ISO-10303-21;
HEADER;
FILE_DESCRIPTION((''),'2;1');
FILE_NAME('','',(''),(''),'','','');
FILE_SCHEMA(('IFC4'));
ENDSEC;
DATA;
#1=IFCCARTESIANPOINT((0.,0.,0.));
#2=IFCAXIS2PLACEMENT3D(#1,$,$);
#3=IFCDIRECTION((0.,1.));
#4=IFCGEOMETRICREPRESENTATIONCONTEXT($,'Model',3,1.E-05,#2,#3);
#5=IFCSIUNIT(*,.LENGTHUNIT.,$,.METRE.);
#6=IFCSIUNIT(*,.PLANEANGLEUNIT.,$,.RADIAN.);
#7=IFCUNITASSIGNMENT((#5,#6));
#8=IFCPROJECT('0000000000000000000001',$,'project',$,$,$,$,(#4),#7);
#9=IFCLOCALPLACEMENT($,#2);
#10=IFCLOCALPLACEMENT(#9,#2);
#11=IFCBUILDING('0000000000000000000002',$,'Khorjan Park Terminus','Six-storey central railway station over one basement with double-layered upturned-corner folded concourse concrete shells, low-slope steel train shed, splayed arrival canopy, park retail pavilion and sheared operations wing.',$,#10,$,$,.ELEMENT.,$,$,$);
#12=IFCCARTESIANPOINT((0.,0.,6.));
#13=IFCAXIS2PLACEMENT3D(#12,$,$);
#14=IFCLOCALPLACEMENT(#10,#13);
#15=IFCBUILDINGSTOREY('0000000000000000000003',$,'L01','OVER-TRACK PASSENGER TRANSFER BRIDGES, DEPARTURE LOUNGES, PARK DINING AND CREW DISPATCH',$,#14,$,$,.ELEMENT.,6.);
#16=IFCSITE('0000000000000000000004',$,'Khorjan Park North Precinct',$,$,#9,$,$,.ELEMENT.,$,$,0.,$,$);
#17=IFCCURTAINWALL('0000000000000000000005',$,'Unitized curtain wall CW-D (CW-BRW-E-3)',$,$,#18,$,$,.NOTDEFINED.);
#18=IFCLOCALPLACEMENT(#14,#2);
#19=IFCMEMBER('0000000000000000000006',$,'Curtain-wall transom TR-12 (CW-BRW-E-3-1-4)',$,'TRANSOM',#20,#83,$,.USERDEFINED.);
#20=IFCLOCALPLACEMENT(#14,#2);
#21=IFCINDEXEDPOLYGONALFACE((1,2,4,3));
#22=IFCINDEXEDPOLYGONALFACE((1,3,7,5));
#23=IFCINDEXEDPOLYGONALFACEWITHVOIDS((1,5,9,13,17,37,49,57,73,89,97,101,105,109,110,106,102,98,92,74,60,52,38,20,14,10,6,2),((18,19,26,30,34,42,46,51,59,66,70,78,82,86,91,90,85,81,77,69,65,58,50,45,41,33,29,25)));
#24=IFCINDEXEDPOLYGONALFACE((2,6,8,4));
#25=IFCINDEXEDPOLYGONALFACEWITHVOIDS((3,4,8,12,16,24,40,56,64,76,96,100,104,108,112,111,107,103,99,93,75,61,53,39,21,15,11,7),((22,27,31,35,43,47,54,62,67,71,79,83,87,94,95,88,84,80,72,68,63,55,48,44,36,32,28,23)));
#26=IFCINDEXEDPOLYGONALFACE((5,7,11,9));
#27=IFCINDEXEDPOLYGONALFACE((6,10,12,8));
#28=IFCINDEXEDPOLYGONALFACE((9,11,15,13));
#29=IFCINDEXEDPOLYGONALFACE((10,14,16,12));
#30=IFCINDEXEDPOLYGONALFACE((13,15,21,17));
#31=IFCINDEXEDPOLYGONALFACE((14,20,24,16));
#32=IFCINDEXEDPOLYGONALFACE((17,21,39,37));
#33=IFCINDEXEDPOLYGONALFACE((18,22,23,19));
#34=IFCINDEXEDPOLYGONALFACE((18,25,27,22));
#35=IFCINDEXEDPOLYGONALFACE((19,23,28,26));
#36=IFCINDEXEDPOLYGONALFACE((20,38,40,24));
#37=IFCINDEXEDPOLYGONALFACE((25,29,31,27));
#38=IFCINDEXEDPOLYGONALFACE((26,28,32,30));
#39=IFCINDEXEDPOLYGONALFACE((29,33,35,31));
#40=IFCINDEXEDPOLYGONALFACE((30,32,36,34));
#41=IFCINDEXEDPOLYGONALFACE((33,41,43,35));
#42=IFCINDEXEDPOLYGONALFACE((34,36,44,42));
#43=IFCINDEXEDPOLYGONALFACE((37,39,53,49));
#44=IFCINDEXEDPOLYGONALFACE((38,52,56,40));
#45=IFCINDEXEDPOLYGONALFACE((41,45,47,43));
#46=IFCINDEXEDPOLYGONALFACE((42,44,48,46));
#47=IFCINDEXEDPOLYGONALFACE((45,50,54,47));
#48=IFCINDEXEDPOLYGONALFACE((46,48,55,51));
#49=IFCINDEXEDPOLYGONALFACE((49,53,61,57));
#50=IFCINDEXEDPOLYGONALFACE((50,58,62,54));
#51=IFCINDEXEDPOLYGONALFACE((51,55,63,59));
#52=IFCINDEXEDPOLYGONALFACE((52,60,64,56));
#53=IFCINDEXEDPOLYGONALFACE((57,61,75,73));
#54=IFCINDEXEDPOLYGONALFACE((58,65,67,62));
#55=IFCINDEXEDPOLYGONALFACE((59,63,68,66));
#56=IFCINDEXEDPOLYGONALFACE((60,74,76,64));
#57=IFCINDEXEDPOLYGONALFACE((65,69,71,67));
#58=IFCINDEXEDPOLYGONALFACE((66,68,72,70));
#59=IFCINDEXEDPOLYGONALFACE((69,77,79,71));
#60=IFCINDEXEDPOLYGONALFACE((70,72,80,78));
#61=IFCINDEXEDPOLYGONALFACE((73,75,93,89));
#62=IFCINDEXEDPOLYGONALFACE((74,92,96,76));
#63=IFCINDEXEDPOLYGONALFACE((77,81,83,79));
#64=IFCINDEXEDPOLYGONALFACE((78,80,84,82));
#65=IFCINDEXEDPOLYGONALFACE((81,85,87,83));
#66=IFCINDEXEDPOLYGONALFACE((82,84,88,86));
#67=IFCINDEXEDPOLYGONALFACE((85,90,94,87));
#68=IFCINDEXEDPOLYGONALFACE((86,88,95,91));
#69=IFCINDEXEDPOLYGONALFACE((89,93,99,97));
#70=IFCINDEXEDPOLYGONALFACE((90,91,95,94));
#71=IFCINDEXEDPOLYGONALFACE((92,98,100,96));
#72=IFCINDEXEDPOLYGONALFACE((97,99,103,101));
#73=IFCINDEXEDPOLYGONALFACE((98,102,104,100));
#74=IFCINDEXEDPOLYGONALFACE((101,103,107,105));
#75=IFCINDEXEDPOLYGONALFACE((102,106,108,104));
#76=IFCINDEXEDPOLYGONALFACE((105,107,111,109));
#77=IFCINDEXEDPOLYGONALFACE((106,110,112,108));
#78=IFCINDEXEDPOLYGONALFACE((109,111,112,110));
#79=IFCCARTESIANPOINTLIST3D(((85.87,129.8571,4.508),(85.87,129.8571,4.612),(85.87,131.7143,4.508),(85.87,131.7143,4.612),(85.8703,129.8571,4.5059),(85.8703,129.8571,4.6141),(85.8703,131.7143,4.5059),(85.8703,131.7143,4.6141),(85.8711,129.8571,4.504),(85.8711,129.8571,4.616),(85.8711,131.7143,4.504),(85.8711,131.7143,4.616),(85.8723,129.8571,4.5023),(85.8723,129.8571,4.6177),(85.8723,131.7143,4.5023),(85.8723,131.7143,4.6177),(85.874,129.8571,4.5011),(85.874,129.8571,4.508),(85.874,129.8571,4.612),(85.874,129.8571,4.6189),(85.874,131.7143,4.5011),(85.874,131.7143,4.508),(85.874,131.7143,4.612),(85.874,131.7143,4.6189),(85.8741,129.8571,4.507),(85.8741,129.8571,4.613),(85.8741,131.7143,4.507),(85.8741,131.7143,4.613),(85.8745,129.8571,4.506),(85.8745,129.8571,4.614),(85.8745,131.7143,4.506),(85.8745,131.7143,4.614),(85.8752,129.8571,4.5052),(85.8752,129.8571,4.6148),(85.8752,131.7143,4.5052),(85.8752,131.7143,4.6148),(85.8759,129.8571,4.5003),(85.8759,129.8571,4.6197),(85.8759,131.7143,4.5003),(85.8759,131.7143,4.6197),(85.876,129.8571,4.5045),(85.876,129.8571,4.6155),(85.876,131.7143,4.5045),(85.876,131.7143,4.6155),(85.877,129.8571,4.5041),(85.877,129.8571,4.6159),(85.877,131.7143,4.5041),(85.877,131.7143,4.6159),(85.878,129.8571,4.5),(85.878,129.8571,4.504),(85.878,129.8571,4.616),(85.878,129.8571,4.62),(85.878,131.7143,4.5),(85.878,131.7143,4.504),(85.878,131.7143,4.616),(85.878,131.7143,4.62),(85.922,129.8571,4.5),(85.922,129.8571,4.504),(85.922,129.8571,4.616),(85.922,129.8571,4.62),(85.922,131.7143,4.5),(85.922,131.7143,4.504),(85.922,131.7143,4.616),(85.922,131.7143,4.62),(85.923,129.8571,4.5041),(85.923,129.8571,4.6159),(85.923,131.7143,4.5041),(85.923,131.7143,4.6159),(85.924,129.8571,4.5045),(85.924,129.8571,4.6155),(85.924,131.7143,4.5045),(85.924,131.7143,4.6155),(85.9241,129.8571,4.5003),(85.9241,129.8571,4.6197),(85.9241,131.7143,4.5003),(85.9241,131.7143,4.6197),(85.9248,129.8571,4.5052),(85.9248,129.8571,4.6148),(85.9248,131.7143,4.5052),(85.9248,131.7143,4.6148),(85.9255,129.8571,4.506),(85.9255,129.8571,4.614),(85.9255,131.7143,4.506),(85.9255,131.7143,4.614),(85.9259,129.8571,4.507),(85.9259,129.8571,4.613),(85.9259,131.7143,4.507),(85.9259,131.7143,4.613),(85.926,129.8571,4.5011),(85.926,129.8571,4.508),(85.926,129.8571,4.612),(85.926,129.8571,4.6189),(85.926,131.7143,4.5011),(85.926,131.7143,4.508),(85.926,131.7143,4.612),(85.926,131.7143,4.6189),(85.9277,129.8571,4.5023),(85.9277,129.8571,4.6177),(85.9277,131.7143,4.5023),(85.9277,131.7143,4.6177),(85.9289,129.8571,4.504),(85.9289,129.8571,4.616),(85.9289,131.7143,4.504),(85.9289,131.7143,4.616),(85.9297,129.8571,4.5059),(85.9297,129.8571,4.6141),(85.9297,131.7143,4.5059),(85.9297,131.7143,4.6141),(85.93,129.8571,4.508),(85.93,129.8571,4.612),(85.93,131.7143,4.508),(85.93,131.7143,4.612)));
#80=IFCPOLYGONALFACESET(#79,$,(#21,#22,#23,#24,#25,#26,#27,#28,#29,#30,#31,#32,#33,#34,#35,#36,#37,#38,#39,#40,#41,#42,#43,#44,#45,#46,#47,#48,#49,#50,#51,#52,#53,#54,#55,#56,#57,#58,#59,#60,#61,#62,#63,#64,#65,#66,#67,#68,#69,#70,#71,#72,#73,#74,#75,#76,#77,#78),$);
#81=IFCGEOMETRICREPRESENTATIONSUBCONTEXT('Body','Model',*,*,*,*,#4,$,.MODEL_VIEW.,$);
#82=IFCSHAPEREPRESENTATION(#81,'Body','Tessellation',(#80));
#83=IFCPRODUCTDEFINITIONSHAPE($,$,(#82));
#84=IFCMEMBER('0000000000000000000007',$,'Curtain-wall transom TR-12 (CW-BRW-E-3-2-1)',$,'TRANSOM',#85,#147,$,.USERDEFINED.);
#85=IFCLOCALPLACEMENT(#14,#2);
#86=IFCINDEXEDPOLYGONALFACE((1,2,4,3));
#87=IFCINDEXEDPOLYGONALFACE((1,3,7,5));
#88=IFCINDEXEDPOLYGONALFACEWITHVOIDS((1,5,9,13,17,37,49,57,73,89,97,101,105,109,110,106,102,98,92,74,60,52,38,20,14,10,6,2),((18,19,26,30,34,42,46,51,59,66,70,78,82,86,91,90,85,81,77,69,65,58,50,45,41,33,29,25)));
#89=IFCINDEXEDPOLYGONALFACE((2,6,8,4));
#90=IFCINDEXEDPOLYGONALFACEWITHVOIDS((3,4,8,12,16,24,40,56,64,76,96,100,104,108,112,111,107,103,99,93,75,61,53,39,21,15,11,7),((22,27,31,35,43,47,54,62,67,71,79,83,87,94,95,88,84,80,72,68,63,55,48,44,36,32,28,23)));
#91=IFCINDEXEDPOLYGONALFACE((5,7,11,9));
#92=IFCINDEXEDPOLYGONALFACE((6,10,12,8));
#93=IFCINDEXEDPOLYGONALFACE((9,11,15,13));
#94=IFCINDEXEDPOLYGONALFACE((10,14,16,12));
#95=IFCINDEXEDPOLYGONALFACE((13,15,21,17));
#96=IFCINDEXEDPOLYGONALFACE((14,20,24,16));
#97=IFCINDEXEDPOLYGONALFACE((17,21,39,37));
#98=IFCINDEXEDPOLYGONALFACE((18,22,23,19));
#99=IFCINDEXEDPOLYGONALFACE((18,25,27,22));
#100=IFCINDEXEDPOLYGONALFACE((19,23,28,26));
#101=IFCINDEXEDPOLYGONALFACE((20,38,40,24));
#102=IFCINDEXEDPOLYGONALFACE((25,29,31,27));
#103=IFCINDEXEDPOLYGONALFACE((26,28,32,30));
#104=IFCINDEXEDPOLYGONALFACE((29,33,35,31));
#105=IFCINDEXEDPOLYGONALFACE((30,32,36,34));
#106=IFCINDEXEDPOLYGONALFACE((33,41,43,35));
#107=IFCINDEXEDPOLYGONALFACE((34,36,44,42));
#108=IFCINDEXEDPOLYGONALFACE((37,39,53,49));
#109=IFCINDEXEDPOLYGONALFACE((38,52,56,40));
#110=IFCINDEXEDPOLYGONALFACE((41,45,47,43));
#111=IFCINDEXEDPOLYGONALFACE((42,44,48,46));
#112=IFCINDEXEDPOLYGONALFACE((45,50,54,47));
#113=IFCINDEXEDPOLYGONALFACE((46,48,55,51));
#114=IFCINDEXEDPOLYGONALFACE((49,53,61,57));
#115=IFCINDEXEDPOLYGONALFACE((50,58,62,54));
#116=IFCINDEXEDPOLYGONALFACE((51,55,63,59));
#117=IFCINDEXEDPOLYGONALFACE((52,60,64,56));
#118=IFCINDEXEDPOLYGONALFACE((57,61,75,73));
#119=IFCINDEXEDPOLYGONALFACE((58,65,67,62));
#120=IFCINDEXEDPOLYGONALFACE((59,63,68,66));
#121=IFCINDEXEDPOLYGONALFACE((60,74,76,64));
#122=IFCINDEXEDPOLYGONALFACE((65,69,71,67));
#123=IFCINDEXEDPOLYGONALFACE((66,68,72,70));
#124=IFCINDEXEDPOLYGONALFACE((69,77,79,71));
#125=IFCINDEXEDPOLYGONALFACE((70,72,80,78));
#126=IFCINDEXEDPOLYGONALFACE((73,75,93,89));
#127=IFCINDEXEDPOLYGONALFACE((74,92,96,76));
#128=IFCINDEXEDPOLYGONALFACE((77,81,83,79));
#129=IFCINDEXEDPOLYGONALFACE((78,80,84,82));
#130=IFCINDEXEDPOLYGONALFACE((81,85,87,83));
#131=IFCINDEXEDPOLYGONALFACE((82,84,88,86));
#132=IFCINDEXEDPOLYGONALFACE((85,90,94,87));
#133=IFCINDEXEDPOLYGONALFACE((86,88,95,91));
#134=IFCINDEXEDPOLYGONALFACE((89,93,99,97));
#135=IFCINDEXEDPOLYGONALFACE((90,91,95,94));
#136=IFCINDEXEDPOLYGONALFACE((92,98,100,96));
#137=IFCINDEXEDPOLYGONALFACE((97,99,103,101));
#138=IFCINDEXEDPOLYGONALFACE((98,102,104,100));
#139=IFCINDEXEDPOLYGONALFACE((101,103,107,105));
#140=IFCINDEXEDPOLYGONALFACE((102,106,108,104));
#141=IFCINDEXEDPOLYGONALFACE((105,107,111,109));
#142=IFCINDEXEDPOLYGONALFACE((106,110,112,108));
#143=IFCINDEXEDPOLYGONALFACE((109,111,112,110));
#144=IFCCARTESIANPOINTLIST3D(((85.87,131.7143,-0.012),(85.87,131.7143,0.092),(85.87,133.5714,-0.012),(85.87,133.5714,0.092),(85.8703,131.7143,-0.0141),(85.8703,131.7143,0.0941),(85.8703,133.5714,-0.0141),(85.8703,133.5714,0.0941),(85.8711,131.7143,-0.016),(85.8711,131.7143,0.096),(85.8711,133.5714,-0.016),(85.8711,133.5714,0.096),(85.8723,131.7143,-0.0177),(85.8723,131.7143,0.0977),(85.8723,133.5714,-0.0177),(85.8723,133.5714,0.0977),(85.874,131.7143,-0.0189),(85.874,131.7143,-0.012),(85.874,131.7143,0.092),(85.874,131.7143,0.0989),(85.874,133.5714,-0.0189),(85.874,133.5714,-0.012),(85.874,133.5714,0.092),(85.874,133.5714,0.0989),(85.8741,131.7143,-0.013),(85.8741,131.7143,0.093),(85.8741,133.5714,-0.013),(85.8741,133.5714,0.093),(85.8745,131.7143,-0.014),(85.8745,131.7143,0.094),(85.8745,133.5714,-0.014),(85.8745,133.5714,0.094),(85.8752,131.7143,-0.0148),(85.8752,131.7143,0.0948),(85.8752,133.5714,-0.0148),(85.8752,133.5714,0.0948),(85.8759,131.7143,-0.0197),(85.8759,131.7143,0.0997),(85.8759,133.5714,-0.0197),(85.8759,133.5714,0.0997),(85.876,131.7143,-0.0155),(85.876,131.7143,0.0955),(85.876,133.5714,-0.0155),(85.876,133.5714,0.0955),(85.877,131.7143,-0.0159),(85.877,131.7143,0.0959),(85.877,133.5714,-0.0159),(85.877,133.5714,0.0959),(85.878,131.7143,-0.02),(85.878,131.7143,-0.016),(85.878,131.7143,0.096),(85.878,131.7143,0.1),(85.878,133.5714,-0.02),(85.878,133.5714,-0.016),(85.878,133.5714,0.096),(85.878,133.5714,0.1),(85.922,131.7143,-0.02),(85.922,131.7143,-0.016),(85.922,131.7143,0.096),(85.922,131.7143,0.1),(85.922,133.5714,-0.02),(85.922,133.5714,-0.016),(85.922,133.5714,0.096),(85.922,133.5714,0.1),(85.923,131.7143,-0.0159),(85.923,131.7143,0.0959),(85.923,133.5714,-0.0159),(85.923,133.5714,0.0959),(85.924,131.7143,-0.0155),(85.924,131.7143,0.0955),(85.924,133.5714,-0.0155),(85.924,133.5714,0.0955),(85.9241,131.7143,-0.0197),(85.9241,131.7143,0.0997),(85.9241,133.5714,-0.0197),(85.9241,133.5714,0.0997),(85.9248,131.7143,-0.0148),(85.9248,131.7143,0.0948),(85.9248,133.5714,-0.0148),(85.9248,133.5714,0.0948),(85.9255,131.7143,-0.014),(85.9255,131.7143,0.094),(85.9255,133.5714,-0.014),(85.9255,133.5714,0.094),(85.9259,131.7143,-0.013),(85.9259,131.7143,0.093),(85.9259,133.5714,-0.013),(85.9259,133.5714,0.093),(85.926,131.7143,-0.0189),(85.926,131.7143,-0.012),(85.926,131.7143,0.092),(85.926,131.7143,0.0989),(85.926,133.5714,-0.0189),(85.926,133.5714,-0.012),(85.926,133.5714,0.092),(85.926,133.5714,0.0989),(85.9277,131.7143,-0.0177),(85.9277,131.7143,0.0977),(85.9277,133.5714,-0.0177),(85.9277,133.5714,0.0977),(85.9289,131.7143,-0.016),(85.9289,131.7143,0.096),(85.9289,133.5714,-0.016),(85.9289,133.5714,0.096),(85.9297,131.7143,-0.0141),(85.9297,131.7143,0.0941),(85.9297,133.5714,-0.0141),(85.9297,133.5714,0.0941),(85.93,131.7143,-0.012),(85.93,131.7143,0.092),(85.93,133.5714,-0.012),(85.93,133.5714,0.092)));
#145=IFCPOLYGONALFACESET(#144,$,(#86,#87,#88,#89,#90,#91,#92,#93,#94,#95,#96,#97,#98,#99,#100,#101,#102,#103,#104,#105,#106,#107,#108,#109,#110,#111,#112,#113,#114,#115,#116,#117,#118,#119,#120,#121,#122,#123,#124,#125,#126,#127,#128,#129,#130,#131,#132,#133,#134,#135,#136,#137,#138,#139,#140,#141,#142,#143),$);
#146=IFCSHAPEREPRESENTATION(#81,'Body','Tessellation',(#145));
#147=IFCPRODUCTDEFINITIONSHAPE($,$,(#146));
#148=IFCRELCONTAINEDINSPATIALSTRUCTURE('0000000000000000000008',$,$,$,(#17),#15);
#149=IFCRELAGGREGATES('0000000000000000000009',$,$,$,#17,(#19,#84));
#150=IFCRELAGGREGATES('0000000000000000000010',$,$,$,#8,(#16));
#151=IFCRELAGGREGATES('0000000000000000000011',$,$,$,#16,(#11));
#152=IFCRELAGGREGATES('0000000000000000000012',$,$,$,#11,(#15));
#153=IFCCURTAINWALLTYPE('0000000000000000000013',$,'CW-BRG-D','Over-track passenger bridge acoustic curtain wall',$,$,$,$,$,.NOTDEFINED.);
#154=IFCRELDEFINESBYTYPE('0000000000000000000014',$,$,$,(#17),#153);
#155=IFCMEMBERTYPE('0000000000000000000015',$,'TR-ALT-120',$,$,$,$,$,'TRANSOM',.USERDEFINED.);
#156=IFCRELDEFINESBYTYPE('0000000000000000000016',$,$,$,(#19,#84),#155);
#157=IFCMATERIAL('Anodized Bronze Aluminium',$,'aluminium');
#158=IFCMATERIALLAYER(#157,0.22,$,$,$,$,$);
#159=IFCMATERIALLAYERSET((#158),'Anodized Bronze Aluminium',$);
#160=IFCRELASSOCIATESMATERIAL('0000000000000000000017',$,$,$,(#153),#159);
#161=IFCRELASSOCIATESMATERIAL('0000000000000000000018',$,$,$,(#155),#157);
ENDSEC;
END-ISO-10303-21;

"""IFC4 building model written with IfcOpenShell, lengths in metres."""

from ifc_helpers import new_model, si_unit, direction, frame, origin, origin_2d, place, context, subcontext, project, spatial, hollow_rectangle, extrude, material, layer, layer_set, material_profile, profile_set, type_object, element, aggregate, save


model = new_model("IFC4")

# Units and contexts
model_context = context("Model", 3, precision=1e-05, world=origin(), true_north=direction((0.0, 1.0)))
body_context = subcontext(model_context, "Body", "Model", "MODEL_VIEW")
ifc_project = project(units=[si_unit("LENGTHUNIT", "METRE"), si_unit("PLANEANGLEUNIT", "RADIAN")], contexts=[model_context])

# Site, building, storey
site_placement = place(None, origin())
site = spatial("IfcSite", under=ifc_project, at=site_placement, Name="Khorjan Park North Precinct", CompositionType="ELEMENT", RefElevation=0.0)
building_placement = place(site_placement, origin())
building = spatial("IfcBuilding", under=site, at=building_placement, Name="Khorjan Park Terminus", Description="Six-storey central railway station over one basement with double-layered upturned-corner folded concourse concrete shells, low-slope steel train shed, splayed arrival canopy, park retail pavilion and sheared operations wing.", CompositionType="ELEMENT")
storey_placement = place(building_placement, frame((0.0, 0.0, 6.0)))
storey = spatial("IfcBuildingStorey", under=building, at=storey_placement, Name="L01", Description="OVER-TRACK PASSENGER TRANSFER BRIDGES, DEPARTURE LOUNGES, PARK DINING AND CREW DISPATCH", CompositionType="ELEMENT", Elevation=6.0)

# Shared definitions
ifc_material_1 = material(Name="Anodized Bronze Aluminium", Category="aluminium")
ifc_layer_1 = layer(ifc_material_1, 0.22)
ifc_layer_set_1 = layer_set([ifc_layer_1], Name="Anodized Bronze Aluminium")
curtain_wall_type = type_object("IfcCurtainWallType", Name="CW-BRG-D", Description="Over-track passenger bridge acoustic curtain wall", PredefinedType="NOTDEFINED", material=ifc_layer_set_1)

# Curtain wall
curtain_wall_1_placement = place(storey_placement, origin())
curtain_wall_1 = element("IfcCurtainWall", 1, at=curtain_wall_1_placement, inside=storey, type_object=curtain_wall_type, Name="Unitized curtain wall CW-D (CW-BRW-E-3)", PredefinedType="NOTDEFINED")

# Members
ifc_material_profile_1 = material_profile(ifc_material_1, hollow_rectangle(XDim=0.06, YDim=0.12, WallThickness=0.004, InnerFilletRadius=0.004, OuterFilletRadius=0.008, at=origin_2d()), Name="ALT 60x120x4")
ifc_profile_set_1 = profile_set([ifc_material_profile_1], Name="Anodized Bronze Aluminium")
member_type_1 = type_object("IfcMemberType", Name="TR-ALT-120", ElementType="TRANSOM", PredefinedType="USERDEFINED", material=ifc_profile_set_1)
member_1_placement = place(storey_placement, frame((85.9, 129.8571, 4.56), z_axis=(0.0, 1.0, 0.0), x_axis=(-1.0, 0.0, 0.0)))
member_1 = element("IfcMember", 2, at=member_1_placement, type_object=member_type_1, Name="Curtain-wall transom TR-12 (CW-BRW-E-3-1-4)", ObjectType="TRANSOM", PredefinedType="USERDEFINED", context=body_context, shape_type="SweptSolid", body=[
    extrude(hollow_rectangle(XDim=0.06, YDim=0.12, WallThickness=0.004, InnerFilletRadius=0.004, OuterFilletRadius=0.008, at=origin_2d()), origin(), (0.0, 0.0, 1.0), 1.8572),
])
member_2_placement = place(storey_placement, frame((85.9, 131.7143, 0.04), z_axis=(0.0, 1.0, 0.0), x_axis=(-1.0, 0.0, 0.0)))
member_2 = element("IfcMember", 3, at=member_2_placement, type_object=member_type_1, Name="Curtain-wall transom TR-12 (CW-BRW-E-3-2-1)", ObjectType="TRANSOM", PredefinedType="USERDEFINED", context=body_context, shape_type="SweptSolid", body=[
    extrude(hollow_rectangle(XDim=0.06, YDim=0.12, WallThickness=0.004, InnerFilletRadius=0.004, OuterFilletRadius=0.008, at=origin_2d()), origin(), (0.0, 0.0, 1.0), 1.8571),
])

aggregate(curtain_wall_1, [member_1, member_2])

save(model, "model.ifc")
